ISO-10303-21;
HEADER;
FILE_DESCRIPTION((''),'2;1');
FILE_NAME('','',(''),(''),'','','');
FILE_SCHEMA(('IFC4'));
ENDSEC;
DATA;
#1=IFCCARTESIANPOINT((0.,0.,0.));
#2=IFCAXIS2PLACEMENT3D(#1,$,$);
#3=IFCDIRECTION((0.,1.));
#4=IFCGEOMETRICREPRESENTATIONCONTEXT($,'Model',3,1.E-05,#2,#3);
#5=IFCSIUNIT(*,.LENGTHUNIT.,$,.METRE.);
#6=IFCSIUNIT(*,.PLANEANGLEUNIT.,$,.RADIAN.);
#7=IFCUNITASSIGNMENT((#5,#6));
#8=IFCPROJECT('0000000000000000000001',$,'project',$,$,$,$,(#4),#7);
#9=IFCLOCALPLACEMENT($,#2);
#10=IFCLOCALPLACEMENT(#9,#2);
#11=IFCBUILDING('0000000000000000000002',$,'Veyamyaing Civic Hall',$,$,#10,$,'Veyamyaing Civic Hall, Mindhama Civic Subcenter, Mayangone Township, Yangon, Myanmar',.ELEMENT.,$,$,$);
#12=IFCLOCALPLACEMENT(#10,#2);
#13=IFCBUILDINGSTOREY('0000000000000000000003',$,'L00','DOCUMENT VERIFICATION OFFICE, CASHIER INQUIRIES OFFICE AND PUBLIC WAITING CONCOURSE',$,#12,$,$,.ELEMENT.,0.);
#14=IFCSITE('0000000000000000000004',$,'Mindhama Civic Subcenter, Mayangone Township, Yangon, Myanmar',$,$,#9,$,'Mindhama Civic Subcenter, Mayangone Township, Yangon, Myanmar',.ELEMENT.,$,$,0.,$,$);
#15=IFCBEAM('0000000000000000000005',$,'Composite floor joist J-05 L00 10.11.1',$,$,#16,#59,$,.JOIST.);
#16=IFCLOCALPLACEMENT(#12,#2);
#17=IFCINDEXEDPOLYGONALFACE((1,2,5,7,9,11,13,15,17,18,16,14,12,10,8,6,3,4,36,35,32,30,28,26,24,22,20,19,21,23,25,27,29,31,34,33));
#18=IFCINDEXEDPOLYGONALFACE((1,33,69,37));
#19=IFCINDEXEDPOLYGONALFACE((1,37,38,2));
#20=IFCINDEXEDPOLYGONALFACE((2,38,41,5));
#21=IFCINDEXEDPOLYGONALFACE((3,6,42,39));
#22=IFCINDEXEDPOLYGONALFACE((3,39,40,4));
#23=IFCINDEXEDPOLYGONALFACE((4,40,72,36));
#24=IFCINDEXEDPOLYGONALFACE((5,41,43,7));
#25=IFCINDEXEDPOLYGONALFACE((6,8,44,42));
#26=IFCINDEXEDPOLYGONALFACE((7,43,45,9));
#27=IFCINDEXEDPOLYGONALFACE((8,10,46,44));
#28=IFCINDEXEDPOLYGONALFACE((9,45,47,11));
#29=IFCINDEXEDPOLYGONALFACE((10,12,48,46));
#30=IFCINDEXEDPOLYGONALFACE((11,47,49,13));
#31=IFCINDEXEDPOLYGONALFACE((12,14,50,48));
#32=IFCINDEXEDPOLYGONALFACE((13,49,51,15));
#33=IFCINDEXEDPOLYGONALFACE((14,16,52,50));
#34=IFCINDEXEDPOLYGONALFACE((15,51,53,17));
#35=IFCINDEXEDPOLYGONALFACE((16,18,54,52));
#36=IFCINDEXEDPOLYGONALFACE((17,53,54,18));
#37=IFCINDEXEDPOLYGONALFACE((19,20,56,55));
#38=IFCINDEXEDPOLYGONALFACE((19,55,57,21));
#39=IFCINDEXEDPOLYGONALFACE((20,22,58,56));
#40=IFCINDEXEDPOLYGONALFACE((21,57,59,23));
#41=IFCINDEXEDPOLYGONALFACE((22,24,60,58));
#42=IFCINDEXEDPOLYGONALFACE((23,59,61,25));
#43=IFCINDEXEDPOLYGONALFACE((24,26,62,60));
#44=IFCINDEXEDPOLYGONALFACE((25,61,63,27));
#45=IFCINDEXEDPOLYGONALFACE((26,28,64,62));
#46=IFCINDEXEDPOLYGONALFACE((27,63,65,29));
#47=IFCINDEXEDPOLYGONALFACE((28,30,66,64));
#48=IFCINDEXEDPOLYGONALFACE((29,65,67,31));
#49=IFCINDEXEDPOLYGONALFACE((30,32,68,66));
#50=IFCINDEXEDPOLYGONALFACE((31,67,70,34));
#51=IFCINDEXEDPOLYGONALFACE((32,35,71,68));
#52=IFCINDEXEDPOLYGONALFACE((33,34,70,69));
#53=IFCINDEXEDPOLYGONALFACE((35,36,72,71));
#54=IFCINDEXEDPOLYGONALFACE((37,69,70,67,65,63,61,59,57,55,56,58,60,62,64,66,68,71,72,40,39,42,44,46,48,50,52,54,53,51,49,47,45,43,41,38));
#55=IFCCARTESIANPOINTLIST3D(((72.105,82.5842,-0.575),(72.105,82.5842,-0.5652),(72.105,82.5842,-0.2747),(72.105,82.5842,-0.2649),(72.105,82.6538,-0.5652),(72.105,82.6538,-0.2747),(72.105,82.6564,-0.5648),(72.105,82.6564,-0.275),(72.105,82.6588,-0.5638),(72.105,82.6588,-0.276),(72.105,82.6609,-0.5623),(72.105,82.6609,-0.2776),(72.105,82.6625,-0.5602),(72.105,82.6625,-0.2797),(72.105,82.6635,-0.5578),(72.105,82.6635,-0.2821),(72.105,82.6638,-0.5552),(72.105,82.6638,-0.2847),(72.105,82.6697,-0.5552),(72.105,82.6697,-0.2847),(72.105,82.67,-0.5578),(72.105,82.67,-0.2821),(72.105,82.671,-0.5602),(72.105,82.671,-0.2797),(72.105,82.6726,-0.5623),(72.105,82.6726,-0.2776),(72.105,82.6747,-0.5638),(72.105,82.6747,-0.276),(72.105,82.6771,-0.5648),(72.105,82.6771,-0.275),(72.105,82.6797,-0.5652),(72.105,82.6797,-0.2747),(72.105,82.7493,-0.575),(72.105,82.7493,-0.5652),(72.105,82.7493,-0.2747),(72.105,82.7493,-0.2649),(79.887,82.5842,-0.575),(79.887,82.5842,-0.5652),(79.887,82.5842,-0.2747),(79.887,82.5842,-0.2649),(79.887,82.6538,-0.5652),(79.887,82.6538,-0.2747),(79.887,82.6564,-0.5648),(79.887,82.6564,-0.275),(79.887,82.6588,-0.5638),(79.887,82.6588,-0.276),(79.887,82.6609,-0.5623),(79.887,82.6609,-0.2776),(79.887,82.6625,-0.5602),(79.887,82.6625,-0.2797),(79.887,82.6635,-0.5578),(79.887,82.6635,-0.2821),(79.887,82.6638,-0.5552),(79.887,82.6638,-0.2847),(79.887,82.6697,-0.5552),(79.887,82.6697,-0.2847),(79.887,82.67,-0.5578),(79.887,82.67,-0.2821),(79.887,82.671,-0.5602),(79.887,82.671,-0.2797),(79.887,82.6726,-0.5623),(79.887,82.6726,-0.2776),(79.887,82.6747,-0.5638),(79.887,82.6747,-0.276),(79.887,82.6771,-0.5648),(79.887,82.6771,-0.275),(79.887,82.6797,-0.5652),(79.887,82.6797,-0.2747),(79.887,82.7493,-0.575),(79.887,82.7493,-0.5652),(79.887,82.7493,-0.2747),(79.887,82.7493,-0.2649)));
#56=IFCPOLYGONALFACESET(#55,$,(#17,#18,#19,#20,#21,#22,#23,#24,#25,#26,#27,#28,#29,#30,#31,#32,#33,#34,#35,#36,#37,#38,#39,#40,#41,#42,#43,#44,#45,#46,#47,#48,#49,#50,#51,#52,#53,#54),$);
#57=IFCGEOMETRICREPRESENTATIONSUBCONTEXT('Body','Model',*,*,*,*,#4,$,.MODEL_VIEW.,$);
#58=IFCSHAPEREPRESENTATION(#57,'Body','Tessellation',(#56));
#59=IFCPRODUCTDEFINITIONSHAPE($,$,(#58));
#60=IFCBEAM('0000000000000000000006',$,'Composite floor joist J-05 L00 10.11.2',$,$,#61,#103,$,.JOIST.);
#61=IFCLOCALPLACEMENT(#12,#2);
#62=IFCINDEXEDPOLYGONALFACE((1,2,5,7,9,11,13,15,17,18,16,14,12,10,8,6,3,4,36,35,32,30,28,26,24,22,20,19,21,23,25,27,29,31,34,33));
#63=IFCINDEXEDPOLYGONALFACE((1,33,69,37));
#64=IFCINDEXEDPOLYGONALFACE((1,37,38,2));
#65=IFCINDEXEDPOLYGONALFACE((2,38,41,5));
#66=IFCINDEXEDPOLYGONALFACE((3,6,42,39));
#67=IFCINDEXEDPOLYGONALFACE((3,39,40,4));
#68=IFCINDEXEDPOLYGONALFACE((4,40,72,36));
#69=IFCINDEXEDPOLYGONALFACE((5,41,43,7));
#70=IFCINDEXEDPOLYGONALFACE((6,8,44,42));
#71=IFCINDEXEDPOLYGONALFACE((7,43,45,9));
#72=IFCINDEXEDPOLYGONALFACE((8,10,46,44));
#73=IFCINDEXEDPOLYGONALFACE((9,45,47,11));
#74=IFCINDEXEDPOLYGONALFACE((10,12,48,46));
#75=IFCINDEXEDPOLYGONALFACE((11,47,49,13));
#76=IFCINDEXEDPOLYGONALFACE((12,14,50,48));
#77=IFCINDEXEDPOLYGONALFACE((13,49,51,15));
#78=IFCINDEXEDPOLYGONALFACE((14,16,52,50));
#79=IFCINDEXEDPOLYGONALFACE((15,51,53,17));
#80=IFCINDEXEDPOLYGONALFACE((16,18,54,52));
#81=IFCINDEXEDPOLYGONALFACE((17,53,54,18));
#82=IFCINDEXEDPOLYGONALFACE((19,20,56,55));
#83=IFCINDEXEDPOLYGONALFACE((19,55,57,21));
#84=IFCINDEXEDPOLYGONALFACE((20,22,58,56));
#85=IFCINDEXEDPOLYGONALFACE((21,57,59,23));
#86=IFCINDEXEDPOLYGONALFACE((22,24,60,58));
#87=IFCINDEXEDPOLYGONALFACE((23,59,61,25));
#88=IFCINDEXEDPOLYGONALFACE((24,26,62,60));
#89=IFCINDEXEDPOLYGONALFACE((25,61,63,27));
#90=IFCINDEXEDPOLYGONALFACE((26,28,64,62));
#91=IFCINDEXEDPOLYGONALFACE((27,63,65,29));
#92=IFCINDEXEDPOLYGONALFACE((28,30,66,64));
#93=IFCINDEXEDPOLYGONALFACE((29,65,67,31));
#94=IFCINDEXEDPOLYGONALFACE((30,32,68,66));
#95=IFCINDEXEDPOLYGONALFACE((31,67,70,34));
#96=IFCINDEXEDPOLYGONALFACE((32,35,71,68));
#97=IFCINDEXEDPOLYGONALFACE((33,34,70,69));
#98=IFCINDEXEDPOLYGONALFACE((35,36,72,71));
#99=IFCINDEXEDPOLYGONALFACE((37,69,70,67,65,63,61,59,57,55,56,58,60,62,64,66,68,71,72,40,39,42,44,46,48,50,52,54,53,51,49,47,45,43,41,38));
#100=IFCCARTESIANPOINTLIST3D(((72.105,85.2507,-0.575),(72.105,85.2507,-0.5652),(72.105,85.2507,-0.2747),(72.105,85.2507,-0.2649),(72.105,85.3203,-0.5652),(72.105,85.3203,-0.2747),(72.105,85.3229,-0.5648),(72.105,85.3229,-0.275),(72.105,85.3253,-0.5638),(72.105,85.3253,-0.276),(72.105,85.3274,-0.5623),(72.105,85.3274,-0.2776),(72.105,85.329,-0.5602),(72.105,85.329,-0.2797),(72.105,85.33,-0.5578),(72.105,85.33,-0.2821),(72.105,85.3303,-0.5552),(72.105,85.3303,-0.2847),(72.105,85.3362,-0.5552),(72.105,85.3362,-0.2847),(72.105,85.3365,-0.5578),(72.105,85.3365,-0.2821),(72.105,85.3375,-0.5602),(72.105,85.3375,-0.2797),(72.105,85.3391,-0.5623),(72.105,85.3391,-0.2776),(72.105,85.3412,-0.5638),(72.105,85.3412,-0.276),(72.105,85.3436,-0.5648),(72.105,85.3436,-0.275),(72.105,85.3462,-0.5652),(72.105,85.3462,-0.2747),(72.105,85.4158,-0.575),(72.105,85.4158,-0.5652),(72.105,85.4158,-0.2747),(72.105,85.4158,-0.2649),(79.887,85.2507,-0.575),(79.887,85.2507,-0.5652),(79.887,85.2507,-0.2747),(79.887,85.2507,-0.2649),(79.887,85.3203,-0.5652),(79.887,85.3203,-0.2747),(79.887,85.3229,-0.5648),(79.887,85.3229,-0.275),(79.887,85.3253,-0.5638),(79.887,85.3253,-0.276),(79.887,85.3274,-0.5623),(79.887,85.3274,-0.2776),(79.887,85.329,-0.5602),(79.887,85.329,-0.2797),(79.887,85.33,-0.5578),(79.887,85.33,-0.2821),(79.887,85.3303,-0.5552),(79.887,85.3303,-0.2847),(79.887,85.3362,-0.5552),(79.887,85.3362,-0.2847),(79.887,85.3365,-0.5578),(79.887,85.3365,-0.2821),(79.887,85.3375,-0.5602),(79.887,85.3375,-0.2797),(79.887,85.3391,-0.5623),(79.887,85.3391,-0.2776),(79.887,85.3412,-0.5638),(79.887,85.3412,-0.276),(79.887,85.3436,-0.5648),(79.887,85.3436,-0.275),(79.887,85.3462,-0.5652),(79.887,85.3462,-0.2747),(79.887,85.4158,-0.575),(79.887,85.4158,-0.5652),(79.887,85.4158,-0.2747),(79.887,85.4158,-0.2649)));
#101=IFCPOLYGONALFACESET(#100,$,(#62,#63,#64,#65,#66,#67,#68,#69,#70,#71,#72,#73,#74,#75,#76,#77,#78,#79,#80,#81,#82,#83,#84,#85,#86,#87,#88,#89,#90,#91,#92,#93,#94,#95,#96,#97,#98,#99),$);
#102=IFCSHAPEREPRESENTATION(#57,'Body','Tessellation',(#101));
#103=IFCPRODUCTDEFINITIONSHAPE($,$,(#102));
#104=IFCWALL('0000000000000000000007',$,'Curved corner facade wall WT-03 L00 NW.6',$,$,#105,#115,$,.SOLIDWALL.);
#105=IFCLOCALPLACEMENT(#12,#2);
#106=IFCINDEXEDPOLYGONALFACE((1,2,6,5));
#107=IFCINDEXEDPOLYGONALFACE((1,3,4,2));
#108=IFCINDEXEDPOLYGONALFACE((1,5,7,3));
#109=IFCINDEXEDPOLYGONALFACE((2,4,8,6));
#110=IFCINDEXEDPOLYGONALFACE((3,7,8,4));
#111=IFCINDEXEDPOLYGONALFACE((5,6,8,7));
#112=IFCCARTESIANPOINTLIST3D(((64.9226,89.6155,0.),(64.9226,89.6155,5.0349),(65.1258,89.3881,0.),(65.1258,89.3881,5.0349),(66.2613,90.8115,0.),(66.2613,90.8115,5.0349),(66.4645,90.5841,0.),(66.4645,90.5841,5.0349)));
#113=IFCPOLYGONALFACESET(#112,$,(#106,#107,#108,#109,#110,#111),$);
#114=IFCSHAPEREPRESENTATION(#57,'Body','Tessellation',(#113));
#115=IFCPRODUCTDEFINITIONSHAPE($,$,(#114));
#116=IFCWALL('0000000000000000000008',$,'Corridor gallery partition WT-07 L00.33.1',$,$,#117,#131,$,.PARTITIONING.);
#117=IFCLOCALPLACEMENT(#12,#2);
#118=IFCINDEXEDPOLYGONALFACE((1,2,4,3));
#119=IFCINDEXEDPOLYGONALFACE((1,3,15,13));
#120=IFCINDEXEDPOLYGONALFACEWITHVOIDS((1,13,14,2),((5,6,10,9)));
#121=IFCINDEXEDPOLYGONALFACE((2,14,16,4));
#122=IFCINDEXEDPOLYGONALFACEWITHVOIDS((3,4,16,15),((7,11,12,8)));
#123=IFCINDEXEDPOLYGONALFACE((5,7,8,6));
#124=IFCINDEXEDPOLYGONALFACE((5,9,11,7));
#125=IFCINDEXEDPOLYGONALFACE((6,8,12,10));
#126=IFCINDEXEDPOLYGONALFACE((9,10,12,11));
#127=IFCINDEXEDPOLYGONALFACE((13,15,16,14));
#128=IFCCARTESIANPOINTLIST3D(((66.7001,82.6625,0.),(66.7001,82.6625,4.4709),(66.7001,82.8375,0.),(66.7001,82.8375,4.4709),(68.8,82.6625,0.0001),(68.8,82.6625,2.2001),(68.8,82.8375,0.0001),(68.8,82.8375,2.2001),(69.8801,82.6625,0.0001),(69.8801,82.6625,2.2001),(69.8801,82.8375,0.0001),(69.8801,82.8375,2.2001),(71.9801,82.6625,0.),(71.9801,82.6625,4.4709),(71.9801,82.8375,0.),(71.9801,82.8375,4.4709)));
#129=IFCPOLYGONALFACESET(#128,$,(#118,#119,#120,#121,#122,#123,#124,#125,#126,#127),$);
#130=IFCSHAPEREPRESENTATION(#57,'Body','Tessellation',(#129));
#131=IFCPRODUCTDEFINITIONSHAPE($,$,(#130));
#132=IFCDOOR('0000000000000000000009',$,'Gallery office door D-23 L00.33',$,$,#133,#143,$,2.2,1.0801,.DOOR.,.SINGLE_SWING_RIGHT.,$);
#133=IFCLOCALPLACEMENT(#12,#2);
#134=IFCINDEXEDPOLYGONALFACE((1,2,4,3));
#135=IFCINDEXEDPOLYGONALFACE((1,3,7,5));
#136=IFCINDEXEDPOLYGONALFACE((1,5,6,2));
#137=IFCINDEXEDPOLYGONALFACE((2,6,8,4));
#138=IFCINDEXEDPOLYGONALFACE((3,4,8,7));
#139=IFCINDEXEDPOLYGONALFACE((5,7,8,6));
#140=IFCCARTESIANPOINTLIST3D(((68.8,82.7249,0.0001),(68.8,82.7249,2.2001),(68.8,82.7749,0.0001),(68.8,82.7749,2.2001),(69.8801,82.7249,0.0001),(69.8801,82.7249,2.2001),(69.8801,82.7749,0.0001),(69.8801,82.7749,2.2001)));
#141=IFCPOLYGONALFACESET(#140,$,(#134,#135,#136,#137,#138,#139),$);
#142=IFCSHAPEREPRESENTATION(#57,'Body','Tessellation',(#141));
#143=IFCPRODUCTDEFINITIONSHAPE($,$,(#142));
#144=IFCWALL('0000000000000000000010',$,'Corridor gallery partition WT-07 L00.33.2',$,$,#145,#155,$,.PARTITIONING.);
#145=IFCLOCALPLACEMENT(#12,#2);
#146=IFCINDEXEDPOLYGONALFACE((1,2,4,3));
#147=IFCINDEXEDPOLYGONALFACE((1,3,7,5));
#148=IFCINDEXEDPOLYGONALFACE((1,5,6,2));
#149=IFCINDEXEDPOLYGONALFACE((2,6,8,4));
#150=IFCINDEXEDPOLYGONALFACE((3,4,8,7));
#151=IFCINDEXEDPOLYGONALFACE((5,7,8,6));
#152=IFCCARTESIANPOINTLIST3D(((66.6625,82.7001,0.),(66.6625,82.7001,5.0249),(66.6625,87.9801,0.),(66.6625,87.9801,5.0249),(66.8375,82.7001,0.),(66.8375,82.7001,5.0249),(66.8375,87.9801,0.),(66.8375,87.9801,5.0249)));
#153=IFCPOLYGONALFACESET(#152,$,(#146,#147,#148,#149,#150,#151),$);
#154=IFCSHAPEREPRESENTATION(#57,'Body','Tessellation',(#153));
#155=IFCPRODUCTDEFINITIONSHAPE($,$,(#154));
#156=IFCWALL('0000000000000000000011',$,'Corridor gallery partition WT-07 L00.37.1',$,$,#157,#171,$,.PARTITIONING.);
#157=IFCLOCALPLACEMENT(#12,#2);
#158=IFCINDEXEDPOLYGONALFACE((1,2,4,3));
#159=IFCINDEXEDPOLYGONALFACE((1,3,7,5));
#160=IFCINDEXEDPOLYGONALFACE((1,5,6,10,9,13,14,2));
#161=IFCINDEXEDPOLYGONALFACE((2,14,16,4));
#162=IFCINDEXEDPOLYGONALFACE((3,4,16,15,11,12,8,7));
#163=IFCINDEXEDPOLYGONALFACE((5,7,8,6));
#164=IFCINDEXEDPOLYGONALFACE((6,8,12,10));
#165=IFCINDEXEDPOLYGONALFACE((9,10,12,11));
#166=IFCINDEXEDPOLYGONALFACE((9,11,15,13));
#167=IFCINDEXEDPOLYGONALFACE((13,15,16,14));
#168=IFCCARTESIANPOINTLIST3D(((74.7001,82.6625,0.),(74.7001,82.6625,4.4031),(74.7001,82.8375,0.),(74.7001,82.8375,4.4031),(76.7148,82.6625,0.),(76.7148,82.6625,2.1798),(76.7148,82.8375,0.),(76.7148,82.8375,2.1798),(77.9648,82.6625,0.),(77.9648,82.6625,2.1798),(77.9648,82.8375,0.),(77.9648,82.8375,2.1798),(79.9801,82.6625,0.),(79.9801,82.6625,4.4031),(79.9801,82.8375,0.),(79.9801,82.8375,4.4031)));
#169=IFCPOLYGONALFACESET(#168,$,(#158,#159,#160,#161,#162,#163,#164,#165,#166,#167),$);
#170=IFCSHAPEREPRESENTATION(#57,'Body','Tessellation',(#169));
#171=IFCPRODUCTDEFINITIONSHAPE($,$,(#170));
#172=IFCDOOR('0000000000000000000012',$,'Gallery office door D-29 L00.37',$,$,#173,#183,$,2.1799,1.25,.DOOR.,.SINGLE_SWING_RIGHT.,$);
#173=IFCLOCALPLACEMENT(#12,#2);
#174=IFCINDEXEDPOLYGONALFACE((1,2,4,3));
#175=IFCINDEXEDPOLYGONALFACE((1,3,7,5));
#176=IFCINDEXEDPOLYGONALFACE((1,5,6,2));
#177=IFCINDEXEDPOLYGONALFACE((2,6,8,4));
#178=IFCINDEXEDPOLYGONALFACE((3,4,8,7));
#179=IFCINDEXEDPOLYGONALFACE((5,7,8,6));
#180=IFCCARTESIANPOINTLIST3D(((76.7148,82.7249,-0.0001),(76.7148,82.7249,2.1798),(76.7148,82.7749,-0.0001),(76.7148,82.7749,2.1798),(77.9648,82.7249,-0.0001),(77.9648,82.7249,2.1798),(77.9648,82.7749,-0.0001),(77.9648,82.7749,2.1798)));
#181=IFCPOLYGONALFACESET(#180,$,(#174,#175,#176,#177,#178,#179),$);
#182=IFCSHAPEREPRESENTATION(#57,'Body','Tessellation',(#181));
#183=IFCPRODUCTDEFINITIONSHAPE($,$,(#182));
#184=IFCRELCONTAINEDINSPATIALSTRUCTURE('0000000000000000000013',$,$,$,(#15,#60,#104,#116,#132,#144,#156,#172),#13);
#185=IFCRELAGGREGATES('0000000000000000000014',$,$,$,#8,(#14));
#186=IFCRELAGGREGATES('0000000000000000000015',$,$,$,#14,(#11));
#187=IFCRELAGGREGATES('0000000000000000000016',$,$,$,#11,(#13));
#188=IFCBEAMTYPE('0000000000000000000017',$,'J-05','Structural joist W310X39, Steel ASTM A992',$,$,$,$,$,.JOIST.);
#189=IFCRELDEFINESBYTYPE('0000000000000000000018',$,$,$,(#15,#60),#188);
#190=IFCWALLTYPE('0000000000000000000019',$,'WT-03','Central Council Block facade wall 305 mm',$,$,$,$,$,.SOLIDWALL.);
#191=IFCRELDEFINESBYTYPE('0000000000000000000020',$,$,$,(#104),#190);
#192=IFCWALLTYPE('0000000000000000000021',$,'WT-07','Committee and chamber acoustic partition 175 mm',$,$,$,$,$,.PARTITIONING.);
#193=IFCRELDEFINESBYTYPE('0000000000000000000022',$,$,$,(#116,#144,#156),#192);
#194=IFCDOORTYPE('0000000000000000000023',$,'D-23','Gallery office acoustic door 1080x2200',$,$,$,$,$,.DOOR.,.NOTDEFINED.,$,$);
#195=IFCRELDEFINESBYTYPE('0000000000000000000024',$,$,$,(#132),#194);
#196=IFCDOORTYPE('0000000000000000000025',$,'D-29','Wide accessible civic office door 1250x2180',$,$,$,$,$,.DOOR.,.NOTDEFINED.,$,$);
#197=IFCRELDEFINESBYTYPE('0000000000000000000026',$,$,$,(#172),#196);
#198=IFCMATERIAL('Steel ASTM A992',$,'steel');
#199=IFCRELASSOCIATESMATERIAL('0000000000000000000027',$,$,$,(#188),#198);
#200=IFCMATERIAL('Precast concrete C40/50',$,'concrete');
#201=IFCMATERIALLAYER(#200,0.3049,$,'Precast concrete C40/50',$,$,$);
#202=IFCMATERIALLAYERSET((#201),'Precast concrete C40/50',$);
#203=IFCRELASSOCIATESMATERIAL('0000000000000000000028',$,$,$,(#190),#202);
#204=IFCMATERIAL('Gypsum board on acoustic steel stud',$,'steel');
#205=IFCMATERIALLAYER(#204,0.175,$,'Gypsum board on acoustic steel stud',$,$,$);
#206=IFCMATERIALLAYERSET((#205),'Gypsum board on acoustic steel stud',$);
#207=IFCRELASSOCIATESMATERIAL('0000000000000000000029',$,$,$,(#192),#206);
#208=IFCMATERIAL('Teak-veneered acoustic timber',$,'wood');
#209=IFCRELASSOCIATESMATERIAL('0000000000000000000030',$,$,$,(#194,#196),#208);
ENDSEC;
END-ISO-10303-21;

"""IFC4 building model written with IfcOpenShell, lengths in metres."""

from ifc_helpers import new_model, si_unit, direction, frame, frame_2d, origin, origin_2d, place, context, subcontext, project, spatial, rectangle, i_section, extrude, material, layer, layer_set, material_profile, profile_set, type_object, element, fill, save


model = new_model("IFC4")

# Units and contexts
model_context = context("Model", 3, precision=1e-05, world=origin(), true_north=direction((0.0, 1.0)))
body_context = subcontext(model_context, "Body", "Model", "MODEL_VIEW")
ifc_project = project(units=[si_unit("LENGTHUNIT", "METRE"), si_unit("PLANEANGLEUNIT", "RADIAN")], contexts=[model_context])

# Site, building, storey
site_placement = place(None, origin())
site = spatial("IfcSite", under=ifc_project, at=site_placement, Name="Mindhama Civic Subcenter, Mayangone Township, Yangon, Myanmar", LongName="Mindhama Civic Subcenter, Mayangone Township, Yangon, Myanmar", CompositionType="ELEMENT", RefElevation=0.0)
building_placement = place(site_placement, origin())
building = spatial("IfcBuilding", under=site, at=building_placement, Name="Veyamyaing Civic Hall", LongName="Veyamyaing Civic Hall, Mindhama Civic Subcenter, Mayangone Township, Yangon, Myanmar", CompositionType="ELEMENT")
storey_placement = place(building_placement, origin())
storey = spatial("IfcBuildingStorey", under=building, at=storey_placement, Name="L00", Description="DOCUMENT VERIFICATION OFFICE, CASHIER INQUIRIES OFFICE AND PUBLIC WAITING CONCOURSE", CompositionType="ELEMENT", Elevation=0.0)

# Beams
ifc_material_1 = material(Name="Steel ASTM A992", Category="steel")
ifc_material_profile_1 = material_profile(ifc_material_1, i_section(OverallWidth=0.165, OverallDepth=0.3101, WebThickness=0.0059, FlangeThickness=0.0098, FilletRadius=0.01, at=origin_2d()), Name="W310X39")
ifc_profile_set_1 = profile_set([ifc_material_profile_1], Name="Steel ASTM A992")
beam_type_1 = type_object("IfcBeamType", Name="J-05", Description="Structural joist W310X39, Steel ASTM A992", PredefinedType="JOIST", material=ifc_profile_set_1)
for number, where, z_axis, x_axis, name in (
    (1, (72.105, 82.6667, -0.4199), (1.0, 0.0, 0.0), (0.0, 1.0, 0.0), "Composite floor joist J-05 L00 10.11.1"),
    (2, (72.105, 85.3333, -0.4199), (1.0, 0.0, 0.0), (0.0, 1.0, 0.0), "Composite floor joist J-05 L00 10.11.2"),
):
    element("IfcBeam", number, at=place(storey_placement, frame(where, z_axis=z_axis, x_axis=x_axis)), inside=storey, type_object=beam_type_1, Name=name, PredefinedType="JOIST", context=body_context, shape_type="SweptSolid", body=[
        extrude(i_section(OverallWidth=0.165, OverallDepth=0.3101, WebThickness=0.0059, FlangeThickness=0.0098, FilletRadius=0.01, at=origin_2d()), origin(), (0.0, 0.0, 1.0), 7.782),
    ])

# Wall
ifc_material_2 = material(Name="Precast concrete C40/50", Category="concrete")
ifc_layer_1 = layer(ifc_material_2, 0.3049, Name="Precast concrete C40/50")
ifc_layer_set_1 = layer_set([ifc_layer_1], Name="Precast concrete C40/50")
wall_type_1 = type_object("IfcWallType", Name="WT-03", Description="Central Council Block facade wall 305 mm", PredefinedType="SOLIDWALL", material=ifc_layer_set_1)
wall_1_placement = place(storey_placement, frame((66.3628, 90.6978, 0.0), z_axis=(0.0, 0.0, 1.0), x_axis=(-0.745704, -0.666278, 0.0)))
element("IfcWall", 3, at=wall_1_placement, inside=storey, type_object=wall_type_1, Name="Curved corner facade wall WT-03 L00 NW.6", PredefinedType="SOLIDWALL", context=body_context, shape_type="SweptSolid", body=[
    extrude(rectangle(XDim=1.7952, YDim=0.3049, at=frame_2d((0.8975, 0.0))), origin(), (0.0, 0.0, 1.0), 5.0349),
])

# Wall, opening, door
ifc_material_3 = material(Name="Gypsum board on acoustic steel stud", Category="steel")
ifc_layer_2 = layer(ifc_material_3, 0.175, Name="Gypsum board on acoustic steel stud")
ifc_layer_set_2 = layer_set([ifc_layer_2], Name="Gypsum board on acoustic steel stud")
wall_type_2 = type_object("IfcWallType", Name="WT-07", Description="Committee and chamber acoustic partition 175 mm", PredefinedType="PARTITIONING", material=ifc_layer_set_2)
wall_2_placement = place(storey_placement, frame((66.7, 82.75, 0.0), z_axis=(0.0, 0.0, 1.0), x_axis=(1.0, 0.0, 0.0)))
wall_2 = element("IfcWall", 4, at=wall_2_placement, inside=storey, type_object=wall_type_2, Name="Corridor gallery partition WT-07 L00.33.1", PredefinedType="PARTITIONING", context=body_context, shape_type="SweptSolid", body=[
    extrude(rectangle(XDim=5.28, YDim=0.175, at=frame_2d((2.6401, 0.0))), origin(), (0.0, 0.0, 1.0), 4.4709),
])
opening_1_placement = place(wall_2_placement, frame((2.1001, 0.0, 0.0)))
opening_1 = element("IfcOpeningElement", 5, at=opening_1_placement, cuts=wall_2, PredefinedType="OPENING", context=body_context, shape_type="SweptSolid", body=[
    extrude(rectangle(XDim=1.0801, YDim=2.2, at=frame_2d((0.54, 1.1001))), frame((0.0, 0.0974, 0.0), z_axis=(0.0, -1.0, 0.0), x_axis=(1.0, 0.0, 0.0)), (0.0, 0.0, 1.0), 0.1951),
])
ifc_material_4 = material(Name="Teak-veneered acoustic timber", Category="wood")
door_type_1 = type_object("IfcDoorType", Name="D-23", Description="Gallery office acoustic door 1080x2200", OperationType="NOTDEFINED", PredefinedType="DOOR", material=ifc_material_4)
door_1_placement = place(opening_1_placement, origin())
door_1 = element("IfcDoor", 6, at=door_1_placement, inside=storey, type_object=door_type_1, Name="Gallery office door D-23 L00.33", OperationType="SINGLE_SWING_RIGHT", OverallHeight=2.2, OverallWidth=1.0801, PredefinedType="DOOR", context=body_context, shape_type="SweptSolid", body=[
    extrude(rectangle(XDim=1.0801, YDim=2.2, at=frame_2d((0.54, 1.1001))), frame((0.0, 0.0249, 0.0), z_axis=(0.0, -1.0, 0.0), x_axis=(1.0, 0.0, 0.0)), (0.0, 0.0, 1.0), 0.05),
])
fill(opening_1, door_1)

# Wall
wall_3_placement = place(storey_placement, frame((66.75, 82.7, 0.0), z_axis=(0.0, 0.0, 1.0), x_axis=(0.0, 1.0, 0.0)))
element("IfcWall", 7, at=wall_3_placement, inside=storey, type_object=wall_type_2, Name="Corridor gallery partition WT-07 L00.33.2", PredefinedType="PARTITIONING", context=body_context, shape_type="SweptSolid", body=[
    extrude(rectangle(XDim=5.28, YDim=0.175, at=frame_2d((2.6401, 0.0))), origin(), (0.0, 0.0, 1.0), 5.0249),
])

# Wall, opening, door
wall_4_placement = place(storey_placement, frame((74.7, 82.75, 0.0), z_axis=(0.0, 0.0, 1.0), x_axis=(1.0, 0.0, 0.0)))
wall_4 = element("IfcWall", 8, at=wall_4_placement, inside=storey, type_object=wall_type_2, Name="Corridor gallery partition WT-07 L00.37.1", PredefinedType="PARTITIONING", context=body_context, shape_type="SweptSolid", body=[
    extrude(rectangle(XDim=5.28, YDim=0.175, at=frame_2d((2.6401, 0.0))), origin(), (0.0, 0.0, 1.0), 4.4031),
])
opening_2_placement = place(wall_4_placement, frame((2.0149, 0.0, 0.0)))
opening_2 = element("IfcOpeningElement", 9, at=opening_2_placement, cuts=wall_4, PredefinedType="OPENING", context=body_context, shape_type="SweptSolid", body=[
    extrude(rectangle(XDim=1.25, YDim=2.1799, at=frame_2d((0.625, 1.0898))), frame((0.0, 0.0974, 0.0), z_axis=(0.0, -1.0, 0.0), x_axis=(1.0, 0.0, 0.0)), (0.0, 0.0, 1.0), 0.1951),
])
door_type_2 = type_object("IfcDoorType", Name="D-29", Description="Wide accessible civic office door 1250x2180", OperationType="NOTDEFINED", PredefinedType="DOOR", material=ifc_material_4)
door_2_placement = place(opening_2_placement, origin())
door_2 = element("IfcDoor", 10, at=door_2_placement, inside=storey, type_object=door_type_2, Name="Gallery office door D-29 L00.37", OperationType="SINGLE_SWING_RIGHT", OverallHeight=2.1799, OverallWidth=1.25, PredefinedType="DOOR", context=body_context, shape_type="SweptSolid", body=[
    extrude(rectangle(XDim=1.25, YDim=2.1799, at=frame_2d((0.625, 1.0898))), frame((0.0, 0.0249, 0.0), z_axis=(0.0, -1.0, 0.0), x_axis=(1.0, 0.0, 0.0)), (0.0, 0.0, 1.0), 0.05),
])
fill(opening_2, door_2)

save(model, "model.ifc")
